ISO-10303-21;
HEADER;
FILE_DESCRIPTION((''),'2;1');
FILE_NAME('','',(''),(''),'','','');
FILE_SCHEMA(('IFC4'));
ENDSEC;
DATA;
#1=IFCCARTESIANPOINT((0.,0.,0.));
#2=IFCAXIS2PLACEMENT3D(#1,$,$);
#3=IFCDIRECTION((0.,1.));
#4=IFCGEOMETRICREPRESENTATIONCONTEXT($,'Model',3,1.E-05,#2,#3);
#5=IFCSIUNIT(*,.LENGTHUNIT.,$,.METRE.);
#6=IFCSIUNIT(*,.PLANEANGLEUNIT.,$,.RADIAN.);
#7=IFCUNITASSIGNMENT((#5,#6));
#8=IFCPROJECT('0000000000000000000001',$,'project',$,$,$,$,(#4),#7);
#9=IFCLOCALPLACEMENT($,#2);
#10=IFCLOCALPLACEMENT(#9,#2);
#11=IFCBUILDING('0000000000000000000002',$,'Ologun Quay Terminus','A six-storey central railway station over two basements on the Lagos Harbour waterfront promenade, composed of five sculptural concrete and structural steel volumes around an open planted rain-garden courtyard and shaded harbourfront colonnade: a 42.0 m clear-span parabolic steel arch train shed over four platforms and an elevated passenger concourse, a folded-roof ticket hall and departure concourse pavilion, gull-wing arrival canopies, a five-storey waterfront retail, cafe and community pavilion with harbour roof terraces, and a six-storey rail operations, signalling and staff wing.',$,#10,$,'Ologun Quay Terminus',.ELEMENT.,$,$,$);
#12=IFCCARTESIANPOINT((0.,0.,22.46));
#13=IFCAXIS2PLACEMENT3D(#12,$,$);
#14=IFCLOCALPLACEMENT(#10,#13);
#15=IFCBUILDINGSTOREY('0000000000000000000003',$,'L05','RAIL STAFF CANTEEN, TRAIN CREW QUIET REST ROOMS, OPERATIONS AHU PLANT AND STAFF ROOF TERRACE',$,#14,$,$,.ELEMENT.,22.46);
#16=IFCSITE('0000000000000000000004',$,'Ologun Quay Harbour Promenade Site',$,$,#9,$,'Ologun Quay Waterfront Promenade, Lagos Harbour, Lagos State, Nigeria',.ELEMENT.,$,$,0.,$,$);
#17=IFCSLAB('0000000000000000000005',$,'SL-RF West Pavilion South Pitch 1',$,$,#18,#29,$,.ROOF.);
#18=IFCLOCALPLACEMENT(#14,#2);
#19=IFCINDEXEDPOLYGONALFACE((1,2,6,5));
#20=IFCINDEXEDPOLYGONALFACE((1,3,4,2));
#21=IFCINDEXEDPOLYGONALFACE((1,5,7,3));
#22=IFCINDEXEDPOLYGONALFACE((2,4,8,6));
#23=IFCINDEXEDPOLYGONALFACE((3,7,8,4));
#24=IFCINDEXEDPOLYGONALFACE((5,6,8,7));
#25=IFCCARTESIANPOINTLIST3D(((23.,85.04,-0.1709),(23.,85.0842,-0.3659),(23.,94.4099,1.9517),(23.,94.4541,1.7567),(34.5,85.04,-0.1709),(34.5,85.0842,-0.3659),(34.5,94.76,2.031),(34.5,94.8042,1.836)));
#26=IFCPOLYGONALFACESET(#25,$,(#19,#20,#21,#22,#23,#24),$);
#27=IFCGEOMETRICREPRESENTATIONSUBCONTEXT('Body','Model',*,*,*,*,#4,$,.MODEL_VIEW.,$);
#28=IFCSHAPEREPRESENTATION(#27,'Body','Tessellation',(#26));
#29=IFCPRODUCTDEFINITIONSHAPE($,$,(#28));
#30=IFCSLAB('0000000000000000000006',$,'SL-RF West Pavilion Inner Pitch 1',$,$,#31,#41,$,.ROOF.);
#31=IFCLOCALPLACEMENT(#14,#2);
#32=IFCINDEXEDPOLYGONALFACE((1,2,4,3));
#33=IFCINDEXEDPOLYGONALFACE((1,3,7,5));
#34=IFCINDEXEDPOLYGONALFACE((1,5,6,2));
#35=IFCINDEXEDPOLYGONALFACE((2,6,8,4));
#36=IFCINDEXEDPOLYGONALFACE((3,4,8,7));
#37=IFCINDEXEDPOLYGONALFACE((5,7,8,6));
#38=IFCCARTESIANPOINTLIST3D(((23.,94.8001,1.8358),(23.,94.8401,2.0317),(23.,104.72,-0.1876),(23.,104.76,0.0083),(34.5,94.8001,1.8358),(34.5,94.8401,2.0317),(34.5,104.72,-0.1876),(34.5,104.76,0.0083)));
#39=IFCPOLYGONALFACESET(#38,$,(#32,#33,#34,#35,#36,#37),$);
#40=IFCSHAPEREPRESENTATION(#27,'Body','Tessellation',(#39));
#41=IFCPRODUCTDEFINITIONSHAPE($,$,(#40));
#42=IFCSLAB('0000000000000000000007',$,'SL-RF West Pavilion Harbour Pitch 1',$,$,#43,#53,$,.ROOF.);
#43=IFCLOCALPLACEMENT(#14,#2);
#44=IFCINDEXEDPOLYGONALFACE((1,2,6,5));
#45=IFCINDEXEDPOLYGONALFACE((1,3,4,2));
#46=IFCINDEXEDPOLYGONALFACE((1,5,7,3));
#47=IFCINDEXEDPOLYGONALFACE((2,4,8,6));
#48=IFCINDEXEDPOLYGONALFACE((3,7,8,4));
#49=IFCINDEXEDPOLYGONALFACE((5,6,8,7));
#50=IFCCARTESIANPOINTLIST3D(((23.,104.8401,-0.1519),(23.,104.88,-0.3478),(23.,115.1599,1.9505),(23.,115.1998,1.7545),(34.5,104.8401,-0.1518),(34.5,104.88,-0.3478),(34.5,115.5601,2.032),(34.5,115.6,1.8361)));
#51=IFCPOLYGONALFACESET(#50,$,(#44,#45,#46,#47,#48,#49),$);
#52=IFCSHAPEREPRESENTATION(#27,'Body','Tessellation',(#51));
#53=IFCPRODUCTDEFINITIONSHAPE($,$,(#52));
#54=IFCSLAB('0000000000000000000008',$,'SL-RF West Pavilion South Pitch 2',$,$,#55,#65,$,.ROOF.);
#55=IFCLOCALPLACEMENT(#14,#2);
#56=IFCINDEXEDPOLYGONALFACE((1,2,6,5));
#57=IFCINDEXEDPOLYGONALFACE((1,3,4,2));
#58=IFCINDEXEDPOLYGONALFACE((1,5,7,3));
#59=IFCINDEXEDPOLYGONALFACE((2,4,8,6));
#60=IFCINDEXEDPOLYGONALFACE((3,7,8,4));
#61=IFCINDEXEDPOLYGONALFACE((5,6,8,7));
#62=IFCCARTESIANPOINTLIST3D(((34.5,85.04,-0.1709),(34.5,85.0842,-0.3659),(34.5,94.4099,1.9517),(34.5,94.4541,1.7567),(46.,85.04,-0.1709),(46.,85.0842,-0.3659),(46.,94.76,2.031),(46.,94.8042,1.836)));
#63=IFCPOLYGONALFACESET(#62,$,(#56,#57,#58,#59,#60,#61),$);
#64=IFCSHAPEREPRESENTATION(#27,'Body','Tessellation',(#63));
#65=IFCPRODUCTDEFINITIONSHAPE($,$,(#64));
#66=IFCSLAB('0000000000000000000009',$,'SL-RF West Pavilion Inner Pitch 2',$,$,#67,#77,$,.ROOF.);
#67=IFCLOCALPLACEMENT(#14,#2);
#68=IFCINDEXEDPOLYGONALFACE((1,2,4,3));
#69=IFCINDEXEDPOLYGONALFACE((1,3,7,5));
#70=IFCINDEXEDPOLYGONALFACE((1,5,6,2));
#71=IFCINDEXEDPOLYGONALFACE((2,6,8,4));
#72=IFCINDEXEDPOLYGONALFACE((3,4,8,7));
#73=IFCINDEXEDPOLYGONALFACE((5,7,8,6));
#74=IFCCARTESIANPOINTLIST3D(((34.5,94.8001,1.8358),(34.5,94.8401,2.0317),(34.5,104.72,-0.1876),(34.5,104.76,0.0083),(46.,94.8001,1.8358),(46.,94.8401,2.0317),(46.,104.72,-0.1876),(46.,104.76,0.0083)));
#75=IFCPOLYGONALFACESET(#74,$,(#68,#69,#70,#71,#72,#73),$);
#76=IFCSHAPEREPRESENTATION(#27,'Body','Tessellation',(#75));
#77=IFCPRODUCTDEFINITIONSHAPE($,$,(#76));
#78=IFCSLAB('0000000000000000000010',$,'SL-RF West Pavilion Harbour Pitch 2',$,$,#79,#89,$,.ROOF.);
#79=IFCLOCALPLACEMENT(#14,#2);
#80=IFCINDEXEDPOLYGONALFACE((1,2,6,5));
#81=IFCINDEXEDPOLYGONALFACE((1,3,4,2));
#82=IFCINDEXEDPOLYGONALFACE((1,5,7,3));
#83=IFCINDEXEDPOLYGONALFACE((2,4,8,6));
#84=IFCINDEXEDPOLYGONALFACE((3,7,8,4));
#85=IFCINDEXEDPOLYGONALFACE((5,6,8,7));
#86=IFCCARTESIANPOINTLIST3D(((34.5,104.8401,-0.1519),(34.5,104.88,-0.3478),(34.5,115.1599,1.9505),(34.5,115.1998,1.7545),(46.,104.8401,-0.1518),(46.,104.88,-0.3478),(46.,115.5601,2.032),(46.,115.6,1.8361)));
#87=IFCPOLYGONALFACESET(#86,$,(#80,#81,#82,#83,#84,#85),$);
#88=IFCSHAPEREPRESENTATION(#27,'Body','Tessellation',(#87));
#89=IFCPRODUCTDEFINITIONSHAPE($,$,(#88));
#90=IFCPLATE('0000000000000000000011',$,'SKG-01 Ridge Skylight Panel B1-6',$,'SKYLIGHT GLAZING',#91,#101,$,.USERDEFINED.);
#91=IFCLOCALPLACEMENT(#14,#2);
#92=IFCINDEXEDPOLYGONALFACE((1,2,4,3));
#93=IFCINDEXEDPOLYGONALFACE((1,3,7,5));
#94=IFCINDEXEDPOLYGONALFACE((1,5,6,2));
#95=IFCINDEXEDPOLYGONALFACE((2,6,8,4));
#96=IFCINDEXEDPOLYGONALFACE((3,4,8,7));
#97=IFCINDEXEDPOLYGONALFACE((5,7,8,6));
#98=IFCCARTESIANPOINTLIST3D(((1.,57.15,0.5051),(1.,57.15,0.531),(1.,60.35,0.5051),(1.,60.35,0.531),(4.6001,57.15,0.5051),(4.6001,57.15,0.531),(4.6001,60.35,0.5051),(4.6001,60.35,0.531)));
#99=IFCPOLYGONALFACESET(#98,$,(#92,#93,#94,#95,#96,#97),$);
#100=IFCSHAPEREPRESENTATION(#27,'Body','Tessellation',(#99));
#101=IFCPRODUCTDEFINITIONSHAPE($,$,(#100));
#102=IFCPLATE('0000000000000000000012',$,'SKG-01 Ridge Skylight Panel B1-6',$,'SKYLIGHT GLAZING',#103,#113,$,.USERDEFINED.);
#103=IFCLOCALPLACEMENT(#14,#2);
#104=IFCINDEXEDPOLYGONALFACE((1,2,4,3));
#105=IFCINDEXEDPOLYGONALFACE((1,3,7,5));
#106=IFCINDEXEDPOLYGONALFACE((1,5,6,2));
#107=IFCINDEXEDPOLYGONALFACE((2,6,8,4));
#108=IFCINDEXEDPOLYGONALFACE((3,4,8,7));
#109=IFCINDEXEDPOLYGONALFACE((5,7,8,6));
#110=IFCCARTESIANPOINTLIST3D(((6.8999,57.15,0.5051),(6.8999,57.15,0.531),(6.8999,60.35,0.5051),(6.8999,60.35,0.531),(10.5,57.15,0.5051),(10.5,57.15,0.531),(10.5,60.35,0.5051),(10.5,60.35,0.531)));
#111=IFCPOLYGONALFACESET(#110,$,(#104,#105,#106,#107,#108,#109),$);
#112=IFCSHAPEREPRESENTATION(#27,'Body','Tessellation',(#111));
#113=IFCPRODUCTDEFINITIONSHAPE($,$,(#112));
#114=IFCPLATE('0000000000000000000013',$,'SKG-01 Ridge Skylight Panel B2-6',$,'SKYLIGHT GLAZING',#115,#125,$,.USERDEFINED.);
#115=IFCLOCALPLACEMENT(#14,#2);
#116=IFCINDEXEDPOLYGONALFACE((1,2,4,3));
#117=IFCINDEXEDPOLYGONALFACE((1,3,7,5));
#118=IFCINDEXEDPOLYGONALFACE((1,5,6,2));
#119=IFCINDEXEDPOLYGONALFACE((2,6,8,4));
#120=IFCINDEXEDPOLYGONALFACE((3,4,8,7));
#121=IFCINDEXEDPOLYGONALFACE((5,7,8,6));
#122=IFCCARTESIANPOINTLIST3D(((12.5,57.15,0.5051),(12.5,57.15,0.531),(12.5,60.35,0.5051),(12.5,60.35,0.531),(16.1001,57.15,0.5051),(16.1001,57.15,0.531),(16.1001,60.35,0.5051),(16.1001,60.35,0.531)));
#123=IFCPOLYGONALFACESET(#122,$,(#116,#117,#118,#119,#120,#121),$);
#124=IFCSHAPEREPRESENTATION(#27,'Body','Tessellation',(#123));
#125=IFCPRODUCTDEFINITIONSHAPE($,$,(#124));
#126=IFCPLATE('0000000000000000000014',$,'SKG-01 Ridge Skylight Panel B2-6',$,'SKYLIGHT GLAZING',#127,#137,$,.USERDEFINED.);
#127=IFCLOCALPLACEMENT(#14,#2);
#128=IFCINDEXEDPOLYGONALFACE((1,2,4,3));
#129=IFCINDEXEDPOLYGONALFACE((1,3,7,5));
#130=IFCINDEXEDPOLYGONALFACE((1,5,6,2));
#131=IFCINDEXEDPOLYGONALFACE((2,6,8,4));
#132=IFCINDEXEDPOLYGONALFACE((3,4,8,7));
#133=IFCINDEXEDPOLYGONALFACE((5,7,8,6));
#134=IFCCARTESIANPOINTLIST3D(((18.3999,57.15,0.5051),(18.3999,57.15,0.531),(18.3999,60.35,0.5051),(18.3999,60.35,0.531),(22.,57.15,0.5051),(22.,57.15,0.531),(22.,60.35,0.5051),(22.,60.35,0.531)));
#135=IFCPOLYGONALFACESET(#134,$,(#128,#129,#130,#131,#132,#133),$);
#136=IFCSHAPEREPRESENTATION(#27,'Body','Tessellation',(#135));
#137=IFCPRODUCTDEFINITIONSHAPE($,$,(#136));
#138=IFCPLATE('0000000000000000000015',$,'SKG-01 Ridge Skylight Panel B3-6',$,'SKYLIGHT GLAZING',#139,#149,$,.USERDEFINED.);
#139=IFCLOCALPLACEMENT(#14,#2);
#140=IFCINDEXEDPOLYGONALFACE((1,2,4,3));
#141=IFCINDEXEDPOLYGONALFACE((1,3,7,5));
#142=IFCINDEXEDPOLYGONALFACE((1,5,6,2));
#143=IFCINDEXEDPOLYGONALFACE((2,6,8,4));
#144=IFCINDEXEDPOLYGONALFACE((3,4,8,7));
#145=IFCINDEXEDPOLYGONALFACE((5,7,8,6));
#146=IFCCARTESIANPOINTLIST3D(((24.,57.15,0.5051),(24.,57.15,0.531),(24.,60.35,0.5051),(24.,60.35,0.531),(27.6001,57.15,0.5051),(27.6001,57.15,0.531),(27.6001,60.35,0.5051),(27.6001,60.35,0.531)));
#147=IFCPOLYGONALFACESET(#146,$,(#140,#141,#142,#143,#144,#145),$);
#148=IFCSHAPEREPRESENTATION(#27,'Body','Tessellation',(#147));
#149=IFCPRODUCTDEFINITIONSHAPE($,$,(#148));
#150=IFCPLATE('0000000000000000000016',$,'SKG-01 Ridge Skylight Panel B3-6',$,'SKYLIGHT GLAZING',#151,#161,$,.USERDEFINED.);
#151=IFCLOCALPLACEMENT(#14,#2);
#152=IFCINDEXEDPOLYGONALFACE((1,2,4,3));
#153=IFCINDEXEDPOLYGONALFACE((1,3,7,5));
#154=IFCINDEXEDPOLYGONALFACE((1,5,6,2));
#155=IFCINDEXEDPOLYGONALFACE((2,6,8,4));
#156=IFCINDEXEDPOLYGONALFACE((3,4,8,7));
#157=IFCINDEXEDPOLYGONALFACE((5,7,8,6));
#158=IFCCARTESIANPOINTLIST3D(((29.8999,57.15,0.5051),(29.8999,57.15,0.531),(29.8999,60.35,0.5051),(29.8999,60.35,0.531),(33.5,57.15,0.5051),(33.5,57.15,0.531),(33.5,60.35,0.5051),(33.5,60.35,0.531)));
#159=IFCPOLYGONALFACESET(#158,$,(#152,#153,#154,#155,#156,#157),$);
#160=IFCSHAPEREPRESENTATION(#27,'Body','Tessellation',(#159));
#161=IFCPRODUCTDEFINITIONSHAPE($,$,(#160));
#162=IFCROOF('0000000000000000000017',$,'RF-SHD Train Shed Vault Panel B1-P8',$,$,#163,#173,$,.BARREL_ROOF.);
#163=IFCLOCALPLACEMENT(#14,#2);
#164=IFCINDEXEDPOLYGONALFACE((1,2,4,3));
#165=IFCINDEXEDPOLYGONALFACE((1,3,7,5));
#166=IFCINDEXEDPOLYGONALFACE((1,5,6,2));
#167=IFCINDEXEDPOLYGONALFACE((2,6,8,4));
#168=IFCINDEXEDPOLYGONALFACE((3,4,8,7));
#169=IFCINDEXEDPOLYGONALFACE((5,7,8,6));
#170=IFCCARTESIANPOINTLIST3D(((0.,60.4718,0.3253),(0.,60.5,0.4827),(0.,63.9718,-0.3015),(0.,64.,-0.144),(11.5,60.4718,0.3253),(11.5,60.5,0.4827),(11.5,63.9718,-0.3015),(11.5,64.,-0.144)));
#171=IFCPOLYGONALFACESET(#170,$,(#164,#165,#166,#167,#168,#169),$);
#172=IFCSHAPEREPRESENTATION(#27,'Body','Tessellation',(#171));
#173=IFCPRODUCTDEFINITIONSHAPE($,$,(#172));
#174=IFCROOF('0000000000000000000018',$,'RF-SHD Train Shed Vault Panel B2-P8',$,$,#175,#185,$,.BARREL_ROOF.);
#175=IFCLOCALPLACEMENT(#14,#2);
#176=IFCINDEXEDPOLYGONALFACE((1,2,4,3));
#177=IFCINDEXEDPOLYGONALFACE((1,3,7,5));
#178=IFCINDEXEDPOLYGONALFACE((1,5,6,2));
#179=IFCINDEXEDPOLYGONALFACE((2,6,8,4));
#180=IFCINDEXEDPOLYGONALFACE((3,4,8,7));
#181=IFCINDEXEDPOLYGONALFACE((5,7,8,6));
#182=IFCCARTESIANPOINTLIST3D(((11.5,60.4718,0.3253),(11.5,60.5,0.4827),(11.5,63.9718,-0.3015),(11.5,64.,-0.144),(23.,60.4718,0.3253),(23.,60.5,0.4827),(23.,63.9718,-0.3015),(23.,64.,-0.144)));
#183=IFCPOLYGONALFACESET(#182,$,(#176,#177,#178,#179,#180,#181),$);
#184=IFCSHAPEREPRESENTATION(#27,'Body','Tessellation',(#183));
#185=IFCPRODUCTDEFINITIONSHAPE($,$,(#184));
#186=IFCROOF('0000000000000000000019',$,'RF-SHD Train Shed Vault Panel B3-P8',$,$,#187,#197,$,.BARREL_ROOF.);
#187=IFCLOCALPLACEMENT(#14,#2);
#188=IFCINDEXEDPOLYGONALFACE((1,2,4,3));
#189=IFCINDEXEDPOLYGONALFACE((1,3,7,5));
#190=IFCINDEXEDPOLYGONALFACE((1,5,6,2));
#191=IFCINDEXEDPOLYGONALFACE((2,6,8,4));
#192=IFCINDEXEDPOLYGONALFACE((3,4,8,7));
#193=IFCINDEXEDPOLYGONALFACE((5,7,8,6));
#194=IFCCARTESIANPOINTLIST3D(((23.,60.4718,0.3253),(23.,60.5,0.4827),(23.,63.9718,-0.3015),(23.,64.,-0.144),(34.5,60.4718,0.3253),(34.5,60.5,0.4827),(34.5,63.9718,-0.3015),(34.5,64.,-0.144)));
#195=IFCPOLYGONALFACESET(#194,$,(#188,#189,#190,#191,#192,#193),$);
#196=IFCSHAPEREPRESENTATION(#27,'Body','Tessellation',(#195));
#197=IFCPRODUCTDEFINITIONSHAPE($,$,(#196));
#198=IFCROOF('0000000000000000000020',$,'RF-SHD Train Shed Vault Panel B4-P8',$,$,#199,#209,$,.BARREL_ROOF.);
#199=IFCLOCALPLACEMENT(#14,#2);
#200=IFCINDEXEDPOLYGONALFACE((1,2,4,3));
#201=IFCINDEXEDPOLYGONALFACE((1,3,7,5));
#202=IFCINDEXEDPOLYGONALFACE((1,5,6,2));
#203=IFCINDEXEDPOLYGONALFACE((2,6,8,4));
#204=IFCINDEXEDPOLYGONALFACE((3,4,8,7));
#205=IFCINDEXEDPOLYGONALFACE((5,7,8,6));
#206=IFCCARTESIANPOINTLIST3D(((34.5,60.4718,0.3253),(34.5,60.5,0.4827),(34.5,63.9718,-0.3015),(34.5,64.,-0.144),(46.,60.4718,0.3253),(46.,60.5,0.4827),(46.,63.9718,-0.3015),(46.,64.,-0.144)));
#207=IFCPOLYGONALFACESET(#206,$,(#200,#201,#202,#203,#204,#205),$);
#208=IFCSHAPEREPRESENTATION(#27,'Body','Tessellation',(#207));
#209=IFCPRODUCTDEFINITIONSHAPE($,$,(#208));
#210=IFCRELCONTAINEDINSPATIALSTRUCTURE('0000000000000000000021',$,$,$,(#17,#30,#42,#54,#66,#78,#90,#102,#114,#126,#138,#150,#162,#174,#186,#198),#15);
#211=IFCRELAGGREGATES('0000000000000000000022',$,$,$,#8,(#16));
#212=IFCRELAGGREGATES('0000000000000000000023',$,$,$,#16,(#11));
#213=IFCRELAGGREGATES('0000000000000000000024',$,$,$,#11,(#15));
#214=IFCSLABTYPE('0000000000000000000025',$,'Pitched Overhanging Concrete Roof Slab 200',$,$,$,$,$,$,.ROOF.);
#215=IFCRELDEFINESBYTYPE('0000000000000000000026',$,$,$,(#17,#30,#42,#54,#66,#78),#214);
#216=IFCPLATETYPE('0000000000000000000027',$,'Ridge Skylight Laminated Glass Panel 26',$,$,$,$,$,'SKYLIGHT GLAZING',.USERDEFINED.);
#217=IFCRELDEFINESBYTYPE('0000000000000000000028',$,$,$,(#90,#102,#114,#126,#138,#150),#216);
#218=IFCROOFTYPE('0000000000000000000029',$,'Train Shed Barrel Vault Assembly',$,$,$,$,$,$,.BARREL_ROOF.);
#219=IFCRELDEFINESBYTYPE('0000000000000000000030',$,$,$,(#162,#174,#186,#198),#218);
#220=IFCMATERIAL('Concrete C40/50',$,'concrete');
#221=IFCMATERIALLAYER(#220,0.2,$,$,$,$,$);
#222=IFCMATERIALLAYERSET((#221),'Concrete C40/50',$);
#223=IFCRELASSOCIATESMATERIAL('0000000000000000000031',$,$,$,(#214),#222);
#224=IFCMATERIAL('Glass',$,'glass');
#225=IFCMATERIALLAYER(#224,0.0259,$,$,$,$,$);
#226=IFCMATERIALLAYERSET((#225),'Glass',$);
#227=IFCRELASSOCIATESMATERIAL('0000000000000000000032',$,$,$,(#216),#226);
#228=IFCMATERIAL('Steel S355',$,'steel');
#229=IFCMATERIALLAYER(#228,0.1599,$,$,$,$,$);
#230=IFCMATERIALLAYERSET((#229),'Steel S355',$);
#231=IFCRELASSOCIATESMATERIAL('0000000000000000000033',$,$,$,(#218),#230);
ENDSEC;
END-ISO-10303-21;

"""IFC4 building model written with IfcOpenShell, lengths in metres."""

from ifc_helpers import new_model, si_unit, direction, frame, origin, origin_2d, place, context, subcontext, project, spatial, polyline, rectangle, outline, extrude, material, layer, layer_set, type_object, element, save


model = new_model("IFC4")

# Units and contexts
model_context = context("Model", 3, precision=1e-05, world=origin(), true_north=direction((0.0, 1.0)))
body_context = subcontext(model_context, "Body", "Model", "MODEL_VIEW")
ifc_project = project(units=[si_unit("LENGTHUNIT", "METRE"), si_unit("PLANEANGLEUNIT", "RADIAN")], contexts=[model_context])

# Site, building, storey
site_placement = place(None, origin())
site = spatial("IfcSite", under=ifc_project, at=site_placement, Name="Ologun Quay Harbour Promenade Site", LongName="Ologun Quay Waterfront Promenade, Lagos Harbour, Lagos State, Nigeria", CompositionType="ELEMENT", RefElevation=0.0)
building_placement = place(site_placement, origin())
building = spatial("IfcBuilding", under=site, at=building_placement, Name="Ologun Quay Terminus", Description="A six-storey central railway station over two basements on the Lagos Harbour waterfront promenade, composed of five sculptural concrete and structural steel volumes around an open planted rain-garden courtyard and shaded harbourfront colonnade: a 42.0 m clear-span parabolic steel arch train shed over four platforms and an elevated passenger concourse, a folded-roof ticket hall and departure concourse pavilion, gull-wing arrival canopies, a five-storey waterfront retail, cafe and community pavilion with harbour roof terraces, and a six-storey rail operations, signalling and staff wing.", LongName="Ologun Quay Terminus", CompositionType="ELEMENT")
storey_placement = place(building_placement, frame((0.0, 0.0, 22.46)))
storey = spatial("IfcBuildingStorey", under=building, at=storey_placement, Name="L05", Description="RAIL STAFF CANTEEN, TRAIN CREW QUIET REST ROOMS, OPERATIONS AHU PLANT AND STAFF ROOF TERRACE", CompositionType="ELEMENT", Elevation=22.46)

# Slabs
ifc_material_1 = material(Name="Concrete C40/50", Category="concrete")
ifc_layer_1 = layer(ifc_material_1, 0.2)
ifc_layer_set_1 = layer_set([ifc_layer_1], Name="Concrete C40/50")
slab_type = type_object("IfcSlabType", Name="Pitched Overhanging Concrete Roof Slab 200", PredefinedType="ROOF", material=ifc_layer_set_1)
slab_1_placement = place(storey_placement, frame((23.0, 85.04, -0.1709), z_axis=(-0.000002, -0.220934, 0.975289), x_axis=(1.0, 0.0, 0.000002)))
element("IfcSlab", 1, at=slab_1_placement, inside=storey, type_object=slab_type, Name="SL-RF West Pavilion South Pitch 1", PredefinedType="ROOF", context=body_context, shape_type="SweptSolid", body=[
    extrude(outline(polyline([(0.0, 0.0), (11.5, 0.0), (11.5, 9.9663), (0.0, 9.6073), (0.0, 0.0)])), origin(), (0.0, 0.0, -1.0), 0.2),
])
slab_2_placement = place(storey_placement, frame((23.0, 94.8401, 2.0317), z_axis=(0.0, 0.199862, 0.979824), x_axis=(1.0, 0.0, 0.0)))
element("IfcSlab", 2, at=slab_2_placement, inside=storey, type_object=slab_type, Name="SL-RF West Pavilion Inner Pitch 1", PredefinedType="ROOF", context=body_context, shape_type="SweptSolid", body=[
    extrude(outline(polyline([(0.0, 0.0), (11.5, 0.0), (11.5, 10.1242), (0.0, 10.1242), (0.0, 0.0)])), origin(), (0.0, 0.0, -1.0), 0.2),
])
slab_3_placement = place(storey_placement, frame((23.0, 104.8401, -0.1519), z_axis=(-0.000001, -0.199616, 0.979874), x_axis=(1.0, 0.0, 0.000001)))
element("IfcSlab", 3, at=slab_3_placement, inside=storey, type_object=slab_type, Name="SL-RF West Pavilion Harbour Pitch 1", PredefinedType="ROOF", context=body_context, shape_type="SweptSolid", body=[
    extrude(outline(polyline([(0.0, 0.0), (11.5, 0.0), (11.5, 10.9402), (0.0, 10.5318), (0.0, 0.0)])), origin(), (0.0, 0.0, -1.0), 0.2),
])
slab_4_placement = place(storey_placement, frame((34.5, 85.04, -0.1709), z_axis=(-0.000002, -0.220934, 0.975289), x_axis=(1.0, 0.0, 0.000002)))
element("IfcSlab", 4, at=slab_4_placement, inside=storey, type_object=slab_type, Name="SL-RF West Pavilion South Pitch 2", PredefinedType="ROOF", context=body_context, shape_type="SweptSolid", body=[
    extrude(outline(polyline([(0.0, 0.0), (11.5, 0.0), (11.5, 9.9663), (0.0, 9.6073), (0.0, 0.0)])), origin(), (0.0, 0.0, -1.0), 0.2),
])
slab_5_placement = place(storey_placement, frame((34.5, 94.8401, 2.0317), z_axis=(0.0, 0.199862, 0.979824), x_axis=(1.0, 0.0, 0.0)))
element("IfcSlab", 5, at=slab_5_placement, inside=storey, type_object=slab_type, Name="SL-RF West Pavilion Inner Pitch 2", PredefinedType="ROOF", context=body_context, shape_type="SweptSolid", body=[
    extrude(outline(polyline([(0.0, 0.0), (11.5, 0.0), (11.5, 10.1242), (0.0, 10.1242), (0.0, 0.0)])), origin(), (0.0, 0.0, -1.0), 0.2),
])
slab_6_placement = place(storey_placement, frame((34.5, 104.8401, -0.1519), z_axis=(-0.000001, -0.199616, 0.979874), x_axis=(1.0, 0.0, 0.000001)))
element("IfcSlab", 6, at=slab_6_placement, inside=storey, type_object=slab_type, Name="SL-RF West Pavilion Harbour Pitch 2", PredefinedType="ROOF", context=body_context, shape_type="SweptSolid", body=[
    extrude(outline(polyline([(0.0, 0.0), (11.5, 0.0), (11.5, 10.9402), (0.0, 10.5318), (0.0, 0.0)])), origin(), (0.0, 0.0, -1.0), 0.2),
])

# Plates
ifc_material_2 = material(Name="Glass", Category="glass")
ifc_layer_2 = layer(ifc_material_2, 0.0259)
ifc_layer_set_2 = layer_set([ifc_layer_2], Name="Glass")
plate_type = type_object("IfcPlateType", Name="Ridge Skylight Laminated Glass Panel 26", ElementType="SKYLIGHT GLAZING", PredefinedType="USERDEFINED", material=ifc_layer_set_2)
for number, where, z_axis, x_axis, name in (
    (7, (2.8, 58.75, 0.5051), (0.0, 0.0, 1.0), (1.0, 0.0, 0.0), "SKG-01 Ridge Skylight Panel B1-6"),
    (8, (8.7, 58.75, 0.5051), (0.0, 0.0, 1.0), (1.0, 0.0, 0.0), "SKG-01 Ridge Skylight Panel B1-6"),
    (9, (14.3, 58.75, 0.5051), (0.0, 0.0, 1.0), (1.0, 0.0, 0.0), "SKG-01 Ridge Skylight Panel B2-6"),
    (10, (20.2, 58.75, 0.5051), (0.0, 0.0, 1.0), (1.0, 0.0, 0.0), "SKG-01 Ridge Skylight Panel B2-6"),
    (11, (25.8, 58.75, 0.5051), (0.0, 0.0, 1.0), (1.0, 0.0, 0.0), "SKG-01 Ridge Skylight Panel B3-6"),
    (12, (31.7, 58.75, 0.5051), (0.0, 0.0, 1.0), (1.0, 0.0, 0.0), "SKG-01 Ridge Skylight Panel B3-6"),
):
    element("IfcPlate", number, at=place(storey_placement, frame(where, z_axis=z_axis, x_axis=x_axis)), inside=storey, type_object=plate_type, Name=name, ObjectType="SKYLIGHT GLAZING", PredefinedType="USERDEFINED", context=body_context, shape_type="SweptSolid", body=[
        extrude(rectangle(XDim=3.6001, YDim=3.2, at=origin_2d()), origin(), (0.0, 0.0, 1.0), 0.0259),
    ])

# Roofs
ifc_material_3 = material(Name="Steel S355", Category="steel")
ifc_layer_3 = layer(ifc_material_3, 0.1599)
ifc_layer_set_3 = layer_set([ifc_layer_3], Name="Steel S355")
roof_type = type_object("IfcRoofType", Name="Train Shed Barrel Vault Assembly", PredefinedType="BARREL_ROOF", material=ifc_layer_set_3)
for number, where, z_axis, x_axis, name in (
    (13, (0.0, 60.5, 0.4827), (0.0, 0.176256, 0.984344), (1.0, 0.0, 0.0), "RF-SHD Train Shed Vault Panel B1-P8"),
    (14, (11.5, 60.5, 0.4827), (0.0, 0.176256, 0.984344), (1.0, 0.0, 0.0), "RF-SHD Train Shed Vault Panel B2-P8"),
    (15, (23.0, 60.5, 0.4827), (0.0, 0.176256, 0.984344), (1.0, 0.0, 0.0), "RF-SHD Train Shed Vault Panel B3-P8"),
    (16, (34.5, 60.5, 0.4827), (0.0, 0.176256, 0.984344), (1.0, 0.0, 0.0), "RF-SHD Train Shed Vault Panel B4-P8"),
):
    element("IfcRoof", number, at=place(storey_placement, frame(where, z_axis=z_axis, x_axis=x_axis)), inside=storey, type_object=roof_type, Name=name, PredefinedType="BARREL_ROOF", context=body_context, shape_type="SweptSolid", body=[
        extrude(outline(polyline([(0.0, 0.0), (11.5, 0.0), (11.5, 3.5557), (0.0, 3.5557), (0.0, 0.0)])), origin(), (0.0, 0.0, -1.0), 0.1599),
    ])

save(model, "model.ifc")
